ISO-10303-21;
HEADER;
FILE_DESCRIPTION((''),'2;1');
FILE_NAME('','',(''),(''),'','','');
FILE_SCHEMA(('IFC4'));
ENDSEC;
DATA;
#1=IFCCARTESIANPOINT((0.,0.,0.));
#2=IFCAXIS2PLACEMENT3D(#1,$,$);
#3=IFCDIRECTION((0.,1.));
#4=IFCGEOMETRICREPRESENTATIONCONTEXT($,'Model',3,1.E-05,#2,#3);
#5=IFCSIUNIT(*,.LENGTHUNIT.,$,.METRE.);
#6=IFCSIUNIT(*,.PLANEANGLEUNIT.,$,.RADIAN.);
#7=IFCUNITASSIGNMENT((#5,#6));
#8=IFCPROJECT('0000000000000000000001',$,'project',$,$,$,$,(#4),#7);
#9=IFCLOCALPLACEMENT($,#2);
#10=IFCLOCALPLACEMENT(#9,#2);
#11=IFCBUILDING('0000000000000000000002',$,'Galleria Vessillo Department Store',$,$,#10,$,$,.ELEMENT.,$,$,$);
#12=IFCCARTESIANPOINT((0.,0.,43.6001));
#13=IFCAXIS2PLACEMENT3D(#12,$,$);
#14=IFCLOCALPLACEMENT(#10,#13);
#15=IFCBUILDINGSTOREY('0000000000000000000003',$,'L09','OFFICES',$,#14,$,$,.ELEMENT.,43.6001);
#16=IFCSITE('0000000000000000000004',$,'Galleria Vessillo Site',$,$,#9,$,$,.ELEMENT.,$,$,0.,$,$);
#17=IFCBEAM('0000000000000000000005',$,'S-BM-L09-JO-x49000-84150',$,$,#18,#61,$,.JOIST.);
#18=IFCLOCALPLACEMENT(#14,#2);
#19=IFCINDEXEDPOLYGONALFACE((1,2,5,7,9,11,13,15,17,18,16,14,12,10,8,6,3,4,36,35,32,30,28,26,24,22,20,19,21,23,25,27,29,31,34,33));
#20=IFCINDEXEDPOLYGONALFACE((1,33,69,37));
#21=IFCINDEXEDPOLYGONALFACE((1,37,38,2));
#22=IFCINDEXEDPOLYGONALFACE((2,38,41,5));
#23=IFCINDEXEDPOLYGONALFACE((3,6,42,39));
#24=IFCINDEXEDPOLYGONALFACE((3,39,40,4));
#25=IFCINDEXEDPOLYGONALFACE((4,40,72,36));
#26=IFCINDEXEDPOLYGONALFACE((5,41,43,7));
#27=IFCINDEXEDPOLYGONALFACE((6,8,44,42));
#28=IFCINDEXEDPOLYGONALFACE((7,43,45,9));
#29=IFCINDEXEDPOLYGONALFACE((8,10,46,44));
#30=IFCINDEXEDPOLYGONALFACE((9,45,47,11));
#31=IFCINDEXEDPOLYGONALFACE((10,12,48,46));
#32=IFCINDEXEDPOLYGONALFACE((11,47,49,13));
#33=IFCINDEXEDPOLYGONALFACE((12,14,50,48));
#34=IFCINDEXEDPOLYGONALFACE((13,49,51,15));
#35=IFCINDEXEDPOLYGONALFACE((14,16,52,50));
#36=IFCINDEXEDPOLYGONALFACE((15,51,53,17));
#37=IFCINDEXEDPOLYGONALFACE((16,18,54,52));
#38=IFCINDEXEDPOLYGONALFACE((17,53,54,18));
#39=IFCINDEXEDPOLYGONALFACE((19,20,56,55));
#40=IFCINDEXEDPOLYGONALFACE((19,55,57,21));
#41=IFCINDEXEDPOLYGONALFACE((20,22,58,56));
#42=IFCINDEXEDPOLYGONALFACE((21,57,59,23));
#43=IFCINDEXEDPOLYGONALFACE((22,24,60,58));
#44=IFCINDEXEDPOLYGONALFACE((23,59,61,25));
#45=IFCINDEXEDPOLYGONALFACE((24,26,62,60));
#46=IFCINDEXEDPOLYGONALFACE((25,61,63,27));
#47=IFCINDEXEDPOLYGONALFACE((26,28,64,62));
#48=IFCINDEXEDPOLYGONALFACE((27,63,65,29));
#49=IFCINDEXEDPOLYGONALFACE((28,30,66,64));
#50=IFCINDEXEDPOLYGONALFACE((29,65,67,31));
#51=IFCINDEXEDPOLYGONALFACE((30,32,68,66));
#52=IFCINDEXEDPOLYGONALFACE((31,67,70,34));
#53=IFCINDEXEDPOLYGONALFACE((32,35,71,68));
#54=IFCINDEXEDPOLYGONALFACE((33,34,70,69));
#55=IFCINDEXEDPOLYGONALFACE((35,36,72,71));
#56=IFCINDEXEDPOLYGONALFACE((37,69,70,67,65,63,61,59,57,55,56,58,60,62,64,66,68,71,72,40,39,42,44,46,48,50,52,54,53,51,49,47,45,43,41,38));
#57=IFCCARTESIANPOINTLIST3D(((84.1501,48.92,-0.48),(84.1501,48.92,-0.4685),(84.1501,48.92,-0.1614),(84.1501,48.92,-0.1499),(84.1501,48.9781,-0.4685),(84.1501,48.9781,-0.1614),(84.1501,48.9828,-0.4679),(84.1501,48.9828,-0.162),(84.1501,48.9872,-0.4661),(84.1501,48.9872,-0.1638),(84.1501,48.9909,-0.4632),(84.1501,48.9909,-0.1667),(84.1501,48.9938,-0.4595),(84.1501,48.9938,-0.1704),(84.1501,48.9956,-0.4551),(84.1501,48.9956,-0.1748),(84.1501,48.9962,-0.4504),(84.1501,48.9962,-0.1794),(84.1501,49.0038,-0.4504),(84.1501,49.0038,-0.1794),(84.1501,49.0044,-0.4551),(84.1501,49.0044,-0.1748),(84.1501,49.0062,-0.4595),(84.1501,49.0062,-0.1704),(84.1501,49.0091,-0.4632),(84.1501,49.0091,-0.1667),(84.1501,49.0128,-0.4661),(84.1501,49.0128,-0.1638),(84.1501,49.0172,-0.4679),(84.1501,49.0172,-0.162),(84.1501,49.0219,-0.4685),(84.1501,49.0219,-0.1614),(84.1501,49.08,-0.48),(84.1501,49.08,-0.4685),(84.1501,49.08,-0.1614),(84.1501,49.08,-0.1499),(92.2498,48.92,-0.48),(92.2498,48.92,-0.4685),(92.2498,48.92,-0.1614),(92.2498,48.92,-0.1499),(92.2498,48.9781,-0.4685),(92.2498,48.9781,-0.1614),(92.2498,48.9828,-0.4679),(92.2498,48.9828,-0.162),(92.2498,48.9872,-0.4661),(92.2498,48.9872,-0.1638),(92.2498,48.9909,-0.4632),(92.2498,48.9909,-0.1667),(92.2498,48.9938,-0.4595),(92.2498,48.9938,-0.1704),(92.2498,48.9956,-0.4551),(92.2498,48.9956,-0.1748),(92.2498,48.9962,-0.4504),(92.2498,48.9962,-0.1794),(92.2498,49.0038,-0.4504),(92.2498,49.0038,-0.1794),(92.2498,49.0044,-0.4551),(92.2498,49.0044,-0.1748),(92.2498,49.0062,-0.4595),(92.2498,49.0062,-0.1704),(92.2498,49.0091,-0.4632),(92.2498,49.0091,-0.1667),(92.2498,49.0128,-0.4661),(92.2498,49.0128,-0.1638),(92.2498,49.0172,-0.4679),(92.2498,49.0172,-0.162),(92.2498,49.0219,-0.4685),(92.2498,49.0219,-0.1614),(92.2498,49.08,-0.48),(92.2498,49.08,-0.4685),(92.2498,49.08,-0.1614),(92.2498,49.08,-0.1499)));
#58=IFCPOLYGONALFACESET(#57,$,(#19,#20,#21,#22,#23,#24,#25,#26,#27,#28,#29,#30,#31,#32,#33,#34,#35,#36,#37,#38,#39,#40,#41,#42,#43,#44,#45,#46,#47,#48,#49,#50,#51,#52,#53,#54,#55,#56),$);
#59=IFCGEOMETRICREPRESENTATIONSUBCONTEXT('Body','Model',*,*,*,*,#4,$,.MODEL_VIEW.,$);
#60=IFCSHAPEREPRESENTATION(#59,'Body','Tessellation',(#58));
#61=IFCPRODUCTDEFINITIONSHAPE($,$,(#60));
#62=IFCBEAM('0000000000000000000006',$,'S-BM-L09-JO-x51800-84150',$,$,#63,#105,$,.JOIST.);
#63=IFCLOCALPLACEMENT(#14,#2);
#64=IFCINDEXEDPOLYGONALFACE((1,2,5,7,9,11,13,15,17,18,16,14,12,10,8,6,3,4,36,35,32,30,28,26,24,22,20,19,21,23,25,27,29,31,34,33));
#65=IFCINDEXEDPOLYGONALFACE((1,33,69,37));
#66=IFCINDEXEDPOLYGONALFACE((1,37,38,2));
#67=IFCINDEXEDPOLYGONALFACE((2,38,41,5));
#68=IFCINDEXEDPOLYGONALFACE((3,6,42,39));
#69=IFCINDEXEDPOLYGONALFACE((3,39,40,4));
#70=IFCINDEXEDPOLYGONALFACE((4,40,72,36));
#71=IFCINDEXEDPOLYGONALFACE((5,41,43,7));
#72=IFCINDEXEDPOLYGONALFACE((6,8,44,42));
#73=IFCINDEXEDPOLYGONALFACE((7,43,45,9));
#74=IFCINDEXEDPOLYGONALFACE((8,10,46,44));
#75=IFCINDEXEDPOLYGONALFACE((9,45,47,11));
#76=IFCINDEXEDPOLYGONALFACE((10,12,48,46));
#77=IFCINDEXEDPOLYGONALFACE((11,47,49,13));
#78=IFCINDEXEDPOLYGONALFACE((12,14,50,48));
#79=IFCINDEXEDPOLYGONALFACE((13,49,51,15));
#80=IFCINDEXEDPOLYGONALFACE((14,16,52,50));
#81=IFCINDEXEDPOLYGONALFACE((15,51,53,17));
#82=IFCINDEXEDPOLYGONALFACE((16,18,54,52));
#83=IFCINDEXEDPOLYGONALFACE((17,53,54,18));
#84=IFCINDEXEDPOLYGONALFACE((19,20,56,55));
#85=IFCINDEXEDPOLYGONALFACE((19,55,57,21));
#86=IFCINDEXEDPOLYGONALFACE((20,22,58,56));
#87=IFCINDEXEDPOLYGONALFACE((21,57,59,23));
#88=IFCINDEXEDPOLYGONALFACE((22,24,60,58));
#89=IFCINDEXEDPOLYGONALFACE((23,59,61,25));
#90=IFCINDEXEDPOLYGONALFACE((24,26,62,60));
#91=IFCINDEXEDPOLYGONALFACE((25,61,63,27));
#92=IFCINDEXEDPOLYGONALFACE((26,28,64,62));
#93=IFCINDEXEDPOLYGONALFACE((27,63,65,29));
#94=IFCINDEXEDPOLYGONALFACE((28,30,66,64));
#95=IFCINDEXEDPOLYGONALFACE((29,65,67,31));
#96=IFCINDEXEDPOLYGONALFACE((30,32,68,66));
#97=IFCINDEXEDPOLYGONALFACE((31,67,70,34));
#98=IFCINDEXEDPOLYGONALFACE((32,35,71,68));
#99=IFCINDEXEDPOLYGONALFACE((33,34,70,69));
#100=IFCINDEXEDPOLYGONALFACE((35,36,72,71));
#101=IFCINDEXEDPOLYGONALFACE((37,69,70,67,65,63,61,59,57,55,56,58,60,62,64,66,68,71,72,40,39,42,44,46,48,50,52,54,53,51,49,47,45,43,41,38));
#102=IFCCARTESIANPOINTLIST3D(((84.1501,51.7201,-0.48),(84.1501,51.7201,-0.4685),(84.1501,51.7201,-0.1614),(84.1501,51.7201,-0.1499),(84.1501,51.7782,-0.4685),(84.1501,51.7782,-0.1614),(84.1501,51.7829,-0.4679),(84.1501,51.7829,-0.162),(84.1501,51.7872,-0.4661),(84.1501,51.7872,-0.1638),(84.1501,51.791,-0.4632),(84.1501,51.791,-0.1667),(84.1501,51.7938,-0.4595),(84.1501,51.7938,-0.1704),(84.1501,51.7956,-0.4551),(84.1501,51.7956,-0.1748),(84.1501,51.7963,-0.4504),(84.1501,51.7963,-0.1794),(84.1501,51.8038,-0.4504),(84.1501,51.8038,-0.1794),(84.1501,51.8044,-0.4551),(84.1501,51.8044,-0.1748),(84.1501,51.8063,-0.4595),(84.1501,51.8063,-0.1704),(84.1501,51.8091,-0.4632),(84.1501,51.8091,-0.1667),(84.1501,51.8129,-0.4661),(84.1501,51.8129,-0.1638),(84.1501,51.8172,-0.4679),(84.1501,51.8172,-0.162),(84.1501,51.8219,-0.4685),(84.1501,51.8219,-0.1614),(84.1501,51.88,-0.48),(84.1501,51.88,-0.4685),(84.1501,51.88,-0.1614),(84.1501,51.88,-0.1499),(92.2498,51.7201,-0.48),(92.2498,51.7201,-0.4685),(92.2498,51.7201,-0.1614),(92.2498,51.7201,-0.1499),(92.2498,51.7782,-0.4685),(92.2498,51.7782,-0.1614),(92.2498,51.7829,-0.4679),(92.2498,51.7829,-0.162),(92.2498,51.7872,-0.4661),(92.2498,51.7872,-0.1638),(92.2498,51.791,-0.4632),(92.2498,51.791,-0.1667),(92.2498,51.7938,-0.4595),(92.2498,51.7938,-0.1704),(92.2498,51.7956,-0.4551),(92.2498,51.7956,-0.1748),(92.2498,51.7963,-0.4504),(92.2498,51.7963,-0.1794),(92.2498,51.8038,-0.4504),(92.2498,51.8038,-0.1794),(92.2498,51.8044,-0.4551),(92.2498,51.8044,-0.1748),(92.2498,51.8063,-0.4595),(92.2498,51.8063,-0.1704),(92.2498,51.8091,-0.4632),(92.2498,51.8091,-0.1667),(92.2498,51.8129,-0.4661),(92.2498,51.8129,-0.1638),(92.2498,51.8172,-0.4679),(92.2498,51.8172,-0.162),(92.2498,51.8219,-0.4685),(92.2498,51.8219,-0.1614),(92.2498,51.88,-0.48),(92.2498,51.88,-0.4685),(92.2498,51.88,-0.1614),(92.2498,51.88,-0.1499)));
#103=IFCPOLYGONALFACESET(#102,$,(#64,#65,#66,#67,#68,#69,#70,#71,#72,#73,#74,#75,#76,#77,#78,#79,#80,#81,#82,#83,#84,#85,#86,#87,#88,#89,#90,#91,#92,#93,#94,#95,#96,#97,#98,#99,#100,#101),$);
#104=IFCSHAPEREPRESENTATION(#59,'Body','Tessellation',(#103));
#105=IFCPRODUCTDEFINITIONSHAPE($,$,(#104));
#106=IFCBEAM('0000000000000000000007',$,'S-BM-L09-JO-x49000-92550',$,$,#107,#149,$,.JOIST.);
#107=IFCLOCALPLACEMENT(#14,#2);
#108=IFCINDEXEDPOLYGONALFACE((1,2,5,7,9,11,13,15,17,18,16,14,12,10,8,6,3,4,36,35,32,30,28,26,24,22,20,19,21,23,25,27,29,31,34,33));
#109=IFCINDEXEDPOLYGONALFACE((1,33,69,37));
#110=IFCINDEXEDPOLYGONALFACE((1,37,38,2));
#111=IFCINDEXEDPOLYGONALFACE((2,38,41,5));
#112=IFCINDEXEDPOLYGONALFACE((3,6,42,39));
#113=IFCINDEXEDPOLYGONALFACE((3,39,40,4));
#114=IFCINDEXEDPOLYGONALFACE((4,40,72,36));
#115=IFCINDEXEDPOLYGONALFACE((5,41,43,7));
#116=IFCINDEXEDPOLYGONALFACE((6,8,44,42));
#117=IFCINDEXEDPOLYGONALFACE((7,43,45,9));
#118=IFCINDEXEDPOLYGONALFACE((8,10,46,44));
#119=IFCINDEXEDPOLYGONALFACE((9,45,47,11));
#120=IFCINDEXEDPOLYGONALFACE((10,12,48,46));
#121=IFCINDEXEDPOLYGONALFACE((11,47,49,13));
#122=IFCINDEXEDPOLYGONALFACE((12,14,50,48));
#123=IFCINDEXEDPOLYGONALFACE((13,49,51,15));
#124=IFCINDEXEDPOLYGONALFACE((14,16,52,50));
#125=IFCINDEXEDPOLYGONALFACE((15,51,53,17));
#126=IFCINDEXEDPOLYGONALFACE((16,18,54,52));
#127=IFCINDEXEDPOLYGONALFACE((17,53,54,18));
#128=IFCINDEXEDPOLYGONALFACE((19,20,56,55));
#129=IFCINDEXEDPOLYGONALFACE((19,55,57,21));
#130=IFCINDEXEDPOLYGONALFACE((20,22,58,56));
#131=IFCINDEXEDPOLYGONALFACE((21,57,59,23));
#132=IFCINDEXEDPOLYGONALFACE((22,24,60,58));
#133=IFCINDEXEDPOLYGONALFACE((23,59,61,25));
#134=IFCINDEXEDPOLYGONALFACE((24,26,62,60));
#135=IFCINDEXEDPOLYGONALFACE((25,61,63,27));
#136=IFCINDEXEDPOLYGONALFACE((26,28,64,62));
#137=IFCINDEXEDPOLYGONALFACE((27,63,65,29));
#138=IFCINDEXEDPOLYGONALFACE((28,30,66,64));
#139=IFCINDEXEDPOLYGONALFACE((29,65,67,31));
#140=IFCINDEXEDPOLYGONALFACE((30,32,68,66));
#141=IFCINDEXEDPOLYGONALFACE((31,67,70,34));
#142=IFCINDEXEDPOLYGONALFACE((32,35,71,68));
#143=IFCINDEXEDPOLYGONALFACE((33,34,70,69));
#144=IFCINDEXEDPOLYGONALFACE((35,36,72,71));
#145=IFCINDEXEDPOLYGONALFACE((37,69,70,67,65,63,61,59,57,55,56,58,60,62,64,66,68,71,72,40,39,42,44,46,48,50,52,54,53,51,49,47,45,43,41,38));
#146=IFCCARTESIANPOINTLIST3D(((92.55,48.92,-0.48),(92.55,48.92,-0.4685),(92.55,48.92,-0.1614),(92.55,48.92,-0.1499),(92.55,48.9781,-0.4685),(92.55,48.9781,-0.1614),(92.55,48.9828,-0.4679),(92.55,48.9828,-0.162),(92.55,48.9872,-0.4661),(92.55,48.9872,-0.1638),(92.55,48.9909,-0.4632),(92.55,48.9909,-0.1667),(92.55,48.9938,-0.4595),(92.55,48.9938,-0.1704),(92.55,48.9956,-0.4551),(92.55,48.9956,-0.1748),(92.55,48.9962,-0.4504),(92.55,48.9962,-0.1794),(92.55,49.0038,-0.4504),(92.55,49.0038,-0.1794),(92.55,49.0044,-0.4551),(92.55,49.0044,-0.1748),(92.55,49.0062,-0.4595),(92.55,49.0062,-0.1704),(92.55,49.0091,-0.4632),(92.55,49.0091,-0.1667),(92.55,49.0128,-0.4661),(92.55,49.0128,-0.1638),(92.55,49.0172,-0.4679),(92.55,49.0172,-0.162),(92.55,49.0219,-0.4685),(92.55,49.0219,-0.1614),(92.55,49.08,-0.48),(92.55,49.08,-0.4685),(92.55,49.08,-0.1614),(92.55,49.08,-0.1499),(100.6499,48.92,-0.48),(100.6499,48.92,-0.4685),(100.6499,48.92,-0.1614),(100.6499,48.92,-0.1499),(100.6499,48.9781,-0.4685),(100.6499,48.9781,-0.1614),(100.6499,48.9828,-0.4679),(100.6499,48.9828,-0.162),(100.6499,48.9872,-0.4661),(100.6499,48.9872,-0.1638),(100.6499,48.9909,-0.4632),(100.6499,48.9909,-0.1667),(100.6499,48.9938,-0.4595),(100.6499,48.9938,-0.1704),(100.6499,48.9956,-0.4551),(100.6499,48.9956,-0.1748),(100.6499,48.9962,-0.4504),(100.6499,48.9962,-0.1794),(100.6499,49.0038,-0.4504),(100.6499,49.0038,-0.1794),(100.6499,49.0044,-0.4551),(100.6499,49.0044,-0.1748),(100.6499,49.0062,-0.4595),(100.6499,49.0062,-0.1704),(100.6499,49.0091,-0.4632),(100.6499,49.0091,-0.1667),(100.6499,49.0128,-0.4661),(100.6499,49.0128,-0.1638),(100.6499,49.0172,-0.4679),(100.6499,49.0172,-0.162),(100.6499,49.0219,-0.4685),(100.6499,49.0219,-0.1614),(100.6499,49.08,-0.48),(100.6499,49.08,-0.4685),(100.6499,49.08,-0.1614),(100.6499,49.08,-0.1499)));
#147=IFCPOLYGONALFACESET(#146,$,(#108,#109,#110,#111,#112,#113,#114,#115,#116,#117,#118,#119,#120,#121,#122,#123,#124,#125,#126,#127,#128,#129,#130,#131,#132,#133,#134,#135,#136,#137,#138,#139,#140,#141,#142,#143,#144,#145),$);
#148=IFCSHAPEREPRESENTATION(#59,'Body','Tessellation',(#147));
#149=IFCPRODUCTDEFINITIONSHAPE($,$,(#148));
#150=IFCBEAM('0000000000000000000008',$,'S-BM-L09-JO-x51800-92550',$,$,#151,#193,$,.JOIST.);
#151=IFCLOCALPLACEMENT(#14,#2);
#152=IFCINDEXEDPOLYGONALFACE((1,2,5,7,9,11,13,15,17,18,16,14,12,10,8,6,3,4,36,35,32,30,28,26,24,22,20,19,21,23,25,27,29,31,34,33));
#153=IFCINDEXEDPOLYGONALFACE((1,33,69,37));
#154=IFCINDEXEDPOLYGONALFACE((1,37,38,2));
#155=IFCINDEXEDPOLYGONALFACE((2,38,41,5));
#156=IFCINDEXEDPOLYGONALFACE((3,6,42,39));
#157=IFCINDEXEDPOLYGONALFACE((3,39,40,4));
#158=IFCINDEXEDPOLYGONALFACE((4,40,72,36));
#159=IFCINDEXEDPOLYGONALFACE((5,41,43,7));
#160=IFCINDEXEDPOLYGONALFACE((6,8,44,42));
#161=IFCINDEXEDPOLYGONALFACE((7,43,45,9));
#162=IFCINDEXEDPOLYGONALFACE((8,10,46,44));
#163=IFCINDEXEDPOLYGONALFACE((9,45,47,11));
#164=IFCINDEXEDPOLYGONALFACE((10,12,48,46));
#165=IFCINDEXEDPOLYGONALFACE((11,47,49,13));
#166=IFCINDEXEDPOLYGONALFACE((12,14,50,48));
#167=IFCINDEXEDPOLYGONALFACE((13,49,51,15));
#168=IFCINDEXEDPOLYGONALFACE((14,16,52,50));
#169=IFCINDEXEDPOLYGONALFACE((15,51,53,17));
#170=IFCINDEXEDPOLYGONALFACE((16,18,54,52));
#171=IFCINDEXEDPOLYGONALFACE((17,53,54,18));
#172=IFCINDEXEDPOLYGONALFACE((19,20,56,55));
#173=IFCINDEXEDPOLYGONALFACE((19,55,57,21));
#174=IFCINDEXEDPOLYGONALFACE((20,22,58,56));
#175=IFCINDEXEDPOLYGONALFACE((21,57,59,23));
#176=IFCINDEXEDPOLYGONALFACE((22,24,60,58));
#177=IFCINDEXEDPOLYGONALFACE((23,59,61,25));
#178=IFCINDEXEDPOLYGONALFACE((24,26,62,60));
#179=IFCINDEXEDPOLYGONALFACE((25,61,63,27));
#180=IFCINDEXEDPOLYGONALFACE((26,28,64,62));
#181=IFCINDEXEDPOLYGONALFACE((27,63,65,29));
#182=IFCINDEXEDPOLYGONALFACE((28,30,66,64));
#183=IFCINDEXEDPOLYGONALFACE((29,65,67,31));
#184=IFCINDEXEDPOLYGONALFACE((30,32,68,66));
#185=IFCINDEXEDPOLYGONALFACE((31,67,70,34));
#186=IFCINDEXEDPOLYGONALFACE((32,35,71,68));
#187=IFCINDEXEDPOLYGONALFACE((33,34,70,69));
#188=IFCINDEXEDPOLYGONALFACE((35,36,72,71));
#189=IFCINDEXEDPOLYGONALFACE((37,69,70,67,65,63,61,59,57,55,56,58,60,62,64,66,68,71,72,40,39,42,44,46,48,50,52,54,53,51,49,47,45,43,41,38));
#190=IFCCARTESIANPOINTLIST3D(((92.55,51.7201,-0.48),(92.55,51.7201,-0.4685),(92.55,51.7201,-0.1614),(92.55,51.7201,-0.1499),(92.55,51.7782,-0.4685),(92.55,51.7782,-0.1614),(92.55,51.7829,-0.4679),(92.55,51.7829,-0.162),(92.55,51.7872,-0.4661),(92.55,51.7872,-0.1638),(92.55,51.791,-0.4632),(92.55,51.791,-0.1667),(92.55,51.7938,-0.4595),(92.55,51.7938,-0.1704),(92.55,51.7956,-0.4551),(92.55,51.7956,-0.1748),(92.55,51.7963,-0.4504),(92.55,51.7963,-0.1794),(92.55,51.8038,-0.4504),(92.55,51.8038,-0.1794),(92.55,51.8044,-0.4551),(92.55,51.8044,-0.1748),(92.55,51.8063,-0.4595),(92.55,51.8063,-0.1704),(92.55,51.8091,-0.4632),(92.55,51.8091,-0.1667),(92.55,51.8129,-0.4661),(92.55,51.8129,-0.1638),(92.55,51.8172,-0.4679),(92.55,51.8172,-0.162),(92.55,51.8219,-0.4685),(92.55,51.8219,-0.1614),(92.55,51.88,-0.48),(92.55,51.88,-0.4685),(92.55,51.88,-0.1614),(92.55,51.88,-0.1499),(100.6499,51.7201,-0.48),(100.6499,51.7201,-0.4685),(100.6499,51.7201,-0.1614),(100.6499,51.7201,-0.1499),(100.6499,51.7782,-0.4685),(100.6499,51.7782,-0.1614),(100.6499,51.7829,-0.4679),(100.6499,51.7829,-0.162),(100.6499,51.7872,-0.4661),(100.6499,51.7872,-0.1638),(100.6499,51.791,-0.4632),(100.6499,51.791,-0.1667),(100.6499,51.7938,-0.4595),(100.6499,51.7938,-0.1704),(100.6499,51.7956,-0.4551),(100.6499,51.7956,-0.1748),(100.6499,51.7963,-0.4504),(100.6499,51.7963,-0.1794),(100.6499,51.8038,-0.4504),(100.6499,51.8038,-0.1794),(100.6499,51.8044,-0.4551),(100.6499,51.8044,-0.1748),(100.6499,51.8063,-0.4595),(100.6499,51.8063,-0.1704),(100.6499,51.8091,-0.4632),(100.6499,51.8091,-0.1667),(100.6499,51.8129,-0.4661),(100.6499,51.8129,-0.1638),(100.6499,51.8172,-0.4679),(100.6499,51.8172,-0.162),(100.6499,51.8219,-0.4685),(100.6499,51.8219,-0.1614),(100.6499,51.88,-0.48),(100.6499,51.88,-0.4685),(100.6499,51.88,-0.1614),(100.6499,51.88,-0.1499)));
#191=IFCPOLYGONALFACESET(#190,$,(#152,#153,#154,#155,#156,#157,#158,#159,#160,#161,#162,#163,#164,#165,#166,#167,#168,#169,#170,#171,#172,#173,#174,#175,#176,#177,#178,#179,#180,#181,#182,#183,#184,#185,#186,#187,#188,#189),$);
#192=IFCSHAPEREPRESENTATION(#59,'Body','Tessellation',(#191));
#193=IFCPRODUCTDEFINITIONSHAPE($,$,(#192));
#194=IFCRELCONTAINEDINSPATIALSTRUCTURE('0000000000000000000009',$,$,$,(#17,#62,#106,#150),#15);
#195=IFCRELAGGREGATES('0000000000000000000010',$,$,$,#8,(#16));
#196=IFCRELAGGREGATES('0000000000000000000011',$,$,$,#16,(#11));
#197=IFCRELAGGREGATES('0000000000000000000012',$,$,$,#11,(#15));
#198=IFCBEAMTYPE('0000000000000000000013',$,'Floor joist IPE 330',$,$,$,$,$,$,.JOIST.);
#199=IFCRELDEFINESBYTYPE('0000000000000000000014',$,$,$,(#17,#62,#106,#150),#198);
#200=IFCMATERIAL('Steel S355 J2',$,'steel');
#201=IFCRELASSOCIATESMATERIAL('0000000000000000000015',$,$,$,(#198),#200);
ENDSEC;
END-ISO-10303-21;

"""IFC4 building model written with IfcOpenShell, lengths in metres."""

from ifc_helpers import new_model, si_unit, direction, frame, origin, origin_2d, place, context, subcontext, project, spatial, i_section, extrude, material, material_profile, profile_set, type_object, element, save


model = new_model("IFC4")

# Units and contexts
model_context = context("Model", 3, precision=1e-05, world=origin(), true_north=direction((0.0, 1.0)))
body_context = subcontext(model_context, "Body", "Model", "MODEL_VIEW")
ifc_project = project(units=[si_unit("LENGTHUNIT", "METRE"), si_unit("PLANEANGLEUNIT", "RADIAN")], contexts=[model_context])

# Site, building, storey
site_placement = place(None, origin())
site = spatial("IfcSite", under=ifc_project, at=site_placement, Name="Galleria Vessillo Site", CompositionType="ELEMENT", RefElevation=0.0)
building_placement = place(site_placement, origin())
building = spatial("IfcBuilding", under=site, at=building_placement, Name="Galleria Vessillo Department Store", CompositionType="ELEMENT")
storey_placement = place(building_placement, frame((0.0, 0.0, 43.6001)))
storey = spatial("IfcBuildingStorey", under=building, at=storey_placement, Name="L09", Description="OFFICES", CompositionType="ELEMENT", Elevation=43.6001)

# Beams
ifc_material_1 = material(Name="Steel S355 J2", Category="steel")
ifc_material_profile_1 = material_profile(ifc_material_1, i_section(OverallWidth=0.1599, OverallDepth=0.3301, WebThickness=0.0076, FlangeThickness=0.0115, FilletRadius=0.0181, at=origin_2d()), Name="IPE 330")
ifc_profile_set_1 = profile_set([ifc_material_profile_1], Name="Steel S355 J2")
beam_type_1 = type_object("IfcBeamType", Name="Floor joist IPE 330", PredefinedType="JOIST", material=ifc_profile_set_1)
for number, where, z_axis, x_axis, name in (
    (1, (84.1501, 49.0, -0.3149), (1.0, 0.0, 0.0), (0.0, 1.0, 0.0), "S-BM-L09-JO-x49000-84150"),
    (2, (84.1501, 51.8, -0.3149), (1.0, 0.0, 0.0), (0.0, 1.0, 0.0), "S-BM-L09-JO-x51800-84150"),
):
    element("IfcBeam", number, at=place(storey_placement, frame(where, z_axis=z_axis, x_axis=x_axis)), inside=storey, type_object=beam_type_1, Name=name, PredefinedType="JOIST", context=body_context, shape_type="SweptSolid", body=[
        extrude(i_section(OverallWidth=0.1599, OverallDepth=0.3301, WebThickness=0.0076, FlangeThickness=0.0115, FilletRadius=0.0181, at=origin_2d()), origin(), (0.0, 0.0, 1.0), 8.0996),
    ])
for number, where, z_axis, x_axis, name in (
    (3, (92.55, 49.0, -0.3149), (1.0, 0.0, 0.0), (0.0, 1.0, 0.0), "S-BM-L09-JO-x49000-92550"),
    (4, (92.55, 51.8, -0.3149), (1.0, 0.0, 0.0), (0.0, 1.0, 0.0), "S-BM-L09-JO-x51800-92550"),
):
    element("IfcBeam", number, at=place(storey_placement, frame(where, z_axis=z_axis, x_axis=x_axis)), inside=storey, type_object=beam_type_1, Name=name, PredefinedType="JOIST", context=body_context, shape_type="SweptSolid", body=[
        extrude(i_section(OverallWidth=0.1599, OverallDepth=0.3301, WebThickness=0.0076, FlangeThickness=0.0115, FilletRadius=0.0181, at=origin_2d()), origin(), (0.0, 0.0, 1.0), 8.0999),
    ])

save(model, "model.ifc")
